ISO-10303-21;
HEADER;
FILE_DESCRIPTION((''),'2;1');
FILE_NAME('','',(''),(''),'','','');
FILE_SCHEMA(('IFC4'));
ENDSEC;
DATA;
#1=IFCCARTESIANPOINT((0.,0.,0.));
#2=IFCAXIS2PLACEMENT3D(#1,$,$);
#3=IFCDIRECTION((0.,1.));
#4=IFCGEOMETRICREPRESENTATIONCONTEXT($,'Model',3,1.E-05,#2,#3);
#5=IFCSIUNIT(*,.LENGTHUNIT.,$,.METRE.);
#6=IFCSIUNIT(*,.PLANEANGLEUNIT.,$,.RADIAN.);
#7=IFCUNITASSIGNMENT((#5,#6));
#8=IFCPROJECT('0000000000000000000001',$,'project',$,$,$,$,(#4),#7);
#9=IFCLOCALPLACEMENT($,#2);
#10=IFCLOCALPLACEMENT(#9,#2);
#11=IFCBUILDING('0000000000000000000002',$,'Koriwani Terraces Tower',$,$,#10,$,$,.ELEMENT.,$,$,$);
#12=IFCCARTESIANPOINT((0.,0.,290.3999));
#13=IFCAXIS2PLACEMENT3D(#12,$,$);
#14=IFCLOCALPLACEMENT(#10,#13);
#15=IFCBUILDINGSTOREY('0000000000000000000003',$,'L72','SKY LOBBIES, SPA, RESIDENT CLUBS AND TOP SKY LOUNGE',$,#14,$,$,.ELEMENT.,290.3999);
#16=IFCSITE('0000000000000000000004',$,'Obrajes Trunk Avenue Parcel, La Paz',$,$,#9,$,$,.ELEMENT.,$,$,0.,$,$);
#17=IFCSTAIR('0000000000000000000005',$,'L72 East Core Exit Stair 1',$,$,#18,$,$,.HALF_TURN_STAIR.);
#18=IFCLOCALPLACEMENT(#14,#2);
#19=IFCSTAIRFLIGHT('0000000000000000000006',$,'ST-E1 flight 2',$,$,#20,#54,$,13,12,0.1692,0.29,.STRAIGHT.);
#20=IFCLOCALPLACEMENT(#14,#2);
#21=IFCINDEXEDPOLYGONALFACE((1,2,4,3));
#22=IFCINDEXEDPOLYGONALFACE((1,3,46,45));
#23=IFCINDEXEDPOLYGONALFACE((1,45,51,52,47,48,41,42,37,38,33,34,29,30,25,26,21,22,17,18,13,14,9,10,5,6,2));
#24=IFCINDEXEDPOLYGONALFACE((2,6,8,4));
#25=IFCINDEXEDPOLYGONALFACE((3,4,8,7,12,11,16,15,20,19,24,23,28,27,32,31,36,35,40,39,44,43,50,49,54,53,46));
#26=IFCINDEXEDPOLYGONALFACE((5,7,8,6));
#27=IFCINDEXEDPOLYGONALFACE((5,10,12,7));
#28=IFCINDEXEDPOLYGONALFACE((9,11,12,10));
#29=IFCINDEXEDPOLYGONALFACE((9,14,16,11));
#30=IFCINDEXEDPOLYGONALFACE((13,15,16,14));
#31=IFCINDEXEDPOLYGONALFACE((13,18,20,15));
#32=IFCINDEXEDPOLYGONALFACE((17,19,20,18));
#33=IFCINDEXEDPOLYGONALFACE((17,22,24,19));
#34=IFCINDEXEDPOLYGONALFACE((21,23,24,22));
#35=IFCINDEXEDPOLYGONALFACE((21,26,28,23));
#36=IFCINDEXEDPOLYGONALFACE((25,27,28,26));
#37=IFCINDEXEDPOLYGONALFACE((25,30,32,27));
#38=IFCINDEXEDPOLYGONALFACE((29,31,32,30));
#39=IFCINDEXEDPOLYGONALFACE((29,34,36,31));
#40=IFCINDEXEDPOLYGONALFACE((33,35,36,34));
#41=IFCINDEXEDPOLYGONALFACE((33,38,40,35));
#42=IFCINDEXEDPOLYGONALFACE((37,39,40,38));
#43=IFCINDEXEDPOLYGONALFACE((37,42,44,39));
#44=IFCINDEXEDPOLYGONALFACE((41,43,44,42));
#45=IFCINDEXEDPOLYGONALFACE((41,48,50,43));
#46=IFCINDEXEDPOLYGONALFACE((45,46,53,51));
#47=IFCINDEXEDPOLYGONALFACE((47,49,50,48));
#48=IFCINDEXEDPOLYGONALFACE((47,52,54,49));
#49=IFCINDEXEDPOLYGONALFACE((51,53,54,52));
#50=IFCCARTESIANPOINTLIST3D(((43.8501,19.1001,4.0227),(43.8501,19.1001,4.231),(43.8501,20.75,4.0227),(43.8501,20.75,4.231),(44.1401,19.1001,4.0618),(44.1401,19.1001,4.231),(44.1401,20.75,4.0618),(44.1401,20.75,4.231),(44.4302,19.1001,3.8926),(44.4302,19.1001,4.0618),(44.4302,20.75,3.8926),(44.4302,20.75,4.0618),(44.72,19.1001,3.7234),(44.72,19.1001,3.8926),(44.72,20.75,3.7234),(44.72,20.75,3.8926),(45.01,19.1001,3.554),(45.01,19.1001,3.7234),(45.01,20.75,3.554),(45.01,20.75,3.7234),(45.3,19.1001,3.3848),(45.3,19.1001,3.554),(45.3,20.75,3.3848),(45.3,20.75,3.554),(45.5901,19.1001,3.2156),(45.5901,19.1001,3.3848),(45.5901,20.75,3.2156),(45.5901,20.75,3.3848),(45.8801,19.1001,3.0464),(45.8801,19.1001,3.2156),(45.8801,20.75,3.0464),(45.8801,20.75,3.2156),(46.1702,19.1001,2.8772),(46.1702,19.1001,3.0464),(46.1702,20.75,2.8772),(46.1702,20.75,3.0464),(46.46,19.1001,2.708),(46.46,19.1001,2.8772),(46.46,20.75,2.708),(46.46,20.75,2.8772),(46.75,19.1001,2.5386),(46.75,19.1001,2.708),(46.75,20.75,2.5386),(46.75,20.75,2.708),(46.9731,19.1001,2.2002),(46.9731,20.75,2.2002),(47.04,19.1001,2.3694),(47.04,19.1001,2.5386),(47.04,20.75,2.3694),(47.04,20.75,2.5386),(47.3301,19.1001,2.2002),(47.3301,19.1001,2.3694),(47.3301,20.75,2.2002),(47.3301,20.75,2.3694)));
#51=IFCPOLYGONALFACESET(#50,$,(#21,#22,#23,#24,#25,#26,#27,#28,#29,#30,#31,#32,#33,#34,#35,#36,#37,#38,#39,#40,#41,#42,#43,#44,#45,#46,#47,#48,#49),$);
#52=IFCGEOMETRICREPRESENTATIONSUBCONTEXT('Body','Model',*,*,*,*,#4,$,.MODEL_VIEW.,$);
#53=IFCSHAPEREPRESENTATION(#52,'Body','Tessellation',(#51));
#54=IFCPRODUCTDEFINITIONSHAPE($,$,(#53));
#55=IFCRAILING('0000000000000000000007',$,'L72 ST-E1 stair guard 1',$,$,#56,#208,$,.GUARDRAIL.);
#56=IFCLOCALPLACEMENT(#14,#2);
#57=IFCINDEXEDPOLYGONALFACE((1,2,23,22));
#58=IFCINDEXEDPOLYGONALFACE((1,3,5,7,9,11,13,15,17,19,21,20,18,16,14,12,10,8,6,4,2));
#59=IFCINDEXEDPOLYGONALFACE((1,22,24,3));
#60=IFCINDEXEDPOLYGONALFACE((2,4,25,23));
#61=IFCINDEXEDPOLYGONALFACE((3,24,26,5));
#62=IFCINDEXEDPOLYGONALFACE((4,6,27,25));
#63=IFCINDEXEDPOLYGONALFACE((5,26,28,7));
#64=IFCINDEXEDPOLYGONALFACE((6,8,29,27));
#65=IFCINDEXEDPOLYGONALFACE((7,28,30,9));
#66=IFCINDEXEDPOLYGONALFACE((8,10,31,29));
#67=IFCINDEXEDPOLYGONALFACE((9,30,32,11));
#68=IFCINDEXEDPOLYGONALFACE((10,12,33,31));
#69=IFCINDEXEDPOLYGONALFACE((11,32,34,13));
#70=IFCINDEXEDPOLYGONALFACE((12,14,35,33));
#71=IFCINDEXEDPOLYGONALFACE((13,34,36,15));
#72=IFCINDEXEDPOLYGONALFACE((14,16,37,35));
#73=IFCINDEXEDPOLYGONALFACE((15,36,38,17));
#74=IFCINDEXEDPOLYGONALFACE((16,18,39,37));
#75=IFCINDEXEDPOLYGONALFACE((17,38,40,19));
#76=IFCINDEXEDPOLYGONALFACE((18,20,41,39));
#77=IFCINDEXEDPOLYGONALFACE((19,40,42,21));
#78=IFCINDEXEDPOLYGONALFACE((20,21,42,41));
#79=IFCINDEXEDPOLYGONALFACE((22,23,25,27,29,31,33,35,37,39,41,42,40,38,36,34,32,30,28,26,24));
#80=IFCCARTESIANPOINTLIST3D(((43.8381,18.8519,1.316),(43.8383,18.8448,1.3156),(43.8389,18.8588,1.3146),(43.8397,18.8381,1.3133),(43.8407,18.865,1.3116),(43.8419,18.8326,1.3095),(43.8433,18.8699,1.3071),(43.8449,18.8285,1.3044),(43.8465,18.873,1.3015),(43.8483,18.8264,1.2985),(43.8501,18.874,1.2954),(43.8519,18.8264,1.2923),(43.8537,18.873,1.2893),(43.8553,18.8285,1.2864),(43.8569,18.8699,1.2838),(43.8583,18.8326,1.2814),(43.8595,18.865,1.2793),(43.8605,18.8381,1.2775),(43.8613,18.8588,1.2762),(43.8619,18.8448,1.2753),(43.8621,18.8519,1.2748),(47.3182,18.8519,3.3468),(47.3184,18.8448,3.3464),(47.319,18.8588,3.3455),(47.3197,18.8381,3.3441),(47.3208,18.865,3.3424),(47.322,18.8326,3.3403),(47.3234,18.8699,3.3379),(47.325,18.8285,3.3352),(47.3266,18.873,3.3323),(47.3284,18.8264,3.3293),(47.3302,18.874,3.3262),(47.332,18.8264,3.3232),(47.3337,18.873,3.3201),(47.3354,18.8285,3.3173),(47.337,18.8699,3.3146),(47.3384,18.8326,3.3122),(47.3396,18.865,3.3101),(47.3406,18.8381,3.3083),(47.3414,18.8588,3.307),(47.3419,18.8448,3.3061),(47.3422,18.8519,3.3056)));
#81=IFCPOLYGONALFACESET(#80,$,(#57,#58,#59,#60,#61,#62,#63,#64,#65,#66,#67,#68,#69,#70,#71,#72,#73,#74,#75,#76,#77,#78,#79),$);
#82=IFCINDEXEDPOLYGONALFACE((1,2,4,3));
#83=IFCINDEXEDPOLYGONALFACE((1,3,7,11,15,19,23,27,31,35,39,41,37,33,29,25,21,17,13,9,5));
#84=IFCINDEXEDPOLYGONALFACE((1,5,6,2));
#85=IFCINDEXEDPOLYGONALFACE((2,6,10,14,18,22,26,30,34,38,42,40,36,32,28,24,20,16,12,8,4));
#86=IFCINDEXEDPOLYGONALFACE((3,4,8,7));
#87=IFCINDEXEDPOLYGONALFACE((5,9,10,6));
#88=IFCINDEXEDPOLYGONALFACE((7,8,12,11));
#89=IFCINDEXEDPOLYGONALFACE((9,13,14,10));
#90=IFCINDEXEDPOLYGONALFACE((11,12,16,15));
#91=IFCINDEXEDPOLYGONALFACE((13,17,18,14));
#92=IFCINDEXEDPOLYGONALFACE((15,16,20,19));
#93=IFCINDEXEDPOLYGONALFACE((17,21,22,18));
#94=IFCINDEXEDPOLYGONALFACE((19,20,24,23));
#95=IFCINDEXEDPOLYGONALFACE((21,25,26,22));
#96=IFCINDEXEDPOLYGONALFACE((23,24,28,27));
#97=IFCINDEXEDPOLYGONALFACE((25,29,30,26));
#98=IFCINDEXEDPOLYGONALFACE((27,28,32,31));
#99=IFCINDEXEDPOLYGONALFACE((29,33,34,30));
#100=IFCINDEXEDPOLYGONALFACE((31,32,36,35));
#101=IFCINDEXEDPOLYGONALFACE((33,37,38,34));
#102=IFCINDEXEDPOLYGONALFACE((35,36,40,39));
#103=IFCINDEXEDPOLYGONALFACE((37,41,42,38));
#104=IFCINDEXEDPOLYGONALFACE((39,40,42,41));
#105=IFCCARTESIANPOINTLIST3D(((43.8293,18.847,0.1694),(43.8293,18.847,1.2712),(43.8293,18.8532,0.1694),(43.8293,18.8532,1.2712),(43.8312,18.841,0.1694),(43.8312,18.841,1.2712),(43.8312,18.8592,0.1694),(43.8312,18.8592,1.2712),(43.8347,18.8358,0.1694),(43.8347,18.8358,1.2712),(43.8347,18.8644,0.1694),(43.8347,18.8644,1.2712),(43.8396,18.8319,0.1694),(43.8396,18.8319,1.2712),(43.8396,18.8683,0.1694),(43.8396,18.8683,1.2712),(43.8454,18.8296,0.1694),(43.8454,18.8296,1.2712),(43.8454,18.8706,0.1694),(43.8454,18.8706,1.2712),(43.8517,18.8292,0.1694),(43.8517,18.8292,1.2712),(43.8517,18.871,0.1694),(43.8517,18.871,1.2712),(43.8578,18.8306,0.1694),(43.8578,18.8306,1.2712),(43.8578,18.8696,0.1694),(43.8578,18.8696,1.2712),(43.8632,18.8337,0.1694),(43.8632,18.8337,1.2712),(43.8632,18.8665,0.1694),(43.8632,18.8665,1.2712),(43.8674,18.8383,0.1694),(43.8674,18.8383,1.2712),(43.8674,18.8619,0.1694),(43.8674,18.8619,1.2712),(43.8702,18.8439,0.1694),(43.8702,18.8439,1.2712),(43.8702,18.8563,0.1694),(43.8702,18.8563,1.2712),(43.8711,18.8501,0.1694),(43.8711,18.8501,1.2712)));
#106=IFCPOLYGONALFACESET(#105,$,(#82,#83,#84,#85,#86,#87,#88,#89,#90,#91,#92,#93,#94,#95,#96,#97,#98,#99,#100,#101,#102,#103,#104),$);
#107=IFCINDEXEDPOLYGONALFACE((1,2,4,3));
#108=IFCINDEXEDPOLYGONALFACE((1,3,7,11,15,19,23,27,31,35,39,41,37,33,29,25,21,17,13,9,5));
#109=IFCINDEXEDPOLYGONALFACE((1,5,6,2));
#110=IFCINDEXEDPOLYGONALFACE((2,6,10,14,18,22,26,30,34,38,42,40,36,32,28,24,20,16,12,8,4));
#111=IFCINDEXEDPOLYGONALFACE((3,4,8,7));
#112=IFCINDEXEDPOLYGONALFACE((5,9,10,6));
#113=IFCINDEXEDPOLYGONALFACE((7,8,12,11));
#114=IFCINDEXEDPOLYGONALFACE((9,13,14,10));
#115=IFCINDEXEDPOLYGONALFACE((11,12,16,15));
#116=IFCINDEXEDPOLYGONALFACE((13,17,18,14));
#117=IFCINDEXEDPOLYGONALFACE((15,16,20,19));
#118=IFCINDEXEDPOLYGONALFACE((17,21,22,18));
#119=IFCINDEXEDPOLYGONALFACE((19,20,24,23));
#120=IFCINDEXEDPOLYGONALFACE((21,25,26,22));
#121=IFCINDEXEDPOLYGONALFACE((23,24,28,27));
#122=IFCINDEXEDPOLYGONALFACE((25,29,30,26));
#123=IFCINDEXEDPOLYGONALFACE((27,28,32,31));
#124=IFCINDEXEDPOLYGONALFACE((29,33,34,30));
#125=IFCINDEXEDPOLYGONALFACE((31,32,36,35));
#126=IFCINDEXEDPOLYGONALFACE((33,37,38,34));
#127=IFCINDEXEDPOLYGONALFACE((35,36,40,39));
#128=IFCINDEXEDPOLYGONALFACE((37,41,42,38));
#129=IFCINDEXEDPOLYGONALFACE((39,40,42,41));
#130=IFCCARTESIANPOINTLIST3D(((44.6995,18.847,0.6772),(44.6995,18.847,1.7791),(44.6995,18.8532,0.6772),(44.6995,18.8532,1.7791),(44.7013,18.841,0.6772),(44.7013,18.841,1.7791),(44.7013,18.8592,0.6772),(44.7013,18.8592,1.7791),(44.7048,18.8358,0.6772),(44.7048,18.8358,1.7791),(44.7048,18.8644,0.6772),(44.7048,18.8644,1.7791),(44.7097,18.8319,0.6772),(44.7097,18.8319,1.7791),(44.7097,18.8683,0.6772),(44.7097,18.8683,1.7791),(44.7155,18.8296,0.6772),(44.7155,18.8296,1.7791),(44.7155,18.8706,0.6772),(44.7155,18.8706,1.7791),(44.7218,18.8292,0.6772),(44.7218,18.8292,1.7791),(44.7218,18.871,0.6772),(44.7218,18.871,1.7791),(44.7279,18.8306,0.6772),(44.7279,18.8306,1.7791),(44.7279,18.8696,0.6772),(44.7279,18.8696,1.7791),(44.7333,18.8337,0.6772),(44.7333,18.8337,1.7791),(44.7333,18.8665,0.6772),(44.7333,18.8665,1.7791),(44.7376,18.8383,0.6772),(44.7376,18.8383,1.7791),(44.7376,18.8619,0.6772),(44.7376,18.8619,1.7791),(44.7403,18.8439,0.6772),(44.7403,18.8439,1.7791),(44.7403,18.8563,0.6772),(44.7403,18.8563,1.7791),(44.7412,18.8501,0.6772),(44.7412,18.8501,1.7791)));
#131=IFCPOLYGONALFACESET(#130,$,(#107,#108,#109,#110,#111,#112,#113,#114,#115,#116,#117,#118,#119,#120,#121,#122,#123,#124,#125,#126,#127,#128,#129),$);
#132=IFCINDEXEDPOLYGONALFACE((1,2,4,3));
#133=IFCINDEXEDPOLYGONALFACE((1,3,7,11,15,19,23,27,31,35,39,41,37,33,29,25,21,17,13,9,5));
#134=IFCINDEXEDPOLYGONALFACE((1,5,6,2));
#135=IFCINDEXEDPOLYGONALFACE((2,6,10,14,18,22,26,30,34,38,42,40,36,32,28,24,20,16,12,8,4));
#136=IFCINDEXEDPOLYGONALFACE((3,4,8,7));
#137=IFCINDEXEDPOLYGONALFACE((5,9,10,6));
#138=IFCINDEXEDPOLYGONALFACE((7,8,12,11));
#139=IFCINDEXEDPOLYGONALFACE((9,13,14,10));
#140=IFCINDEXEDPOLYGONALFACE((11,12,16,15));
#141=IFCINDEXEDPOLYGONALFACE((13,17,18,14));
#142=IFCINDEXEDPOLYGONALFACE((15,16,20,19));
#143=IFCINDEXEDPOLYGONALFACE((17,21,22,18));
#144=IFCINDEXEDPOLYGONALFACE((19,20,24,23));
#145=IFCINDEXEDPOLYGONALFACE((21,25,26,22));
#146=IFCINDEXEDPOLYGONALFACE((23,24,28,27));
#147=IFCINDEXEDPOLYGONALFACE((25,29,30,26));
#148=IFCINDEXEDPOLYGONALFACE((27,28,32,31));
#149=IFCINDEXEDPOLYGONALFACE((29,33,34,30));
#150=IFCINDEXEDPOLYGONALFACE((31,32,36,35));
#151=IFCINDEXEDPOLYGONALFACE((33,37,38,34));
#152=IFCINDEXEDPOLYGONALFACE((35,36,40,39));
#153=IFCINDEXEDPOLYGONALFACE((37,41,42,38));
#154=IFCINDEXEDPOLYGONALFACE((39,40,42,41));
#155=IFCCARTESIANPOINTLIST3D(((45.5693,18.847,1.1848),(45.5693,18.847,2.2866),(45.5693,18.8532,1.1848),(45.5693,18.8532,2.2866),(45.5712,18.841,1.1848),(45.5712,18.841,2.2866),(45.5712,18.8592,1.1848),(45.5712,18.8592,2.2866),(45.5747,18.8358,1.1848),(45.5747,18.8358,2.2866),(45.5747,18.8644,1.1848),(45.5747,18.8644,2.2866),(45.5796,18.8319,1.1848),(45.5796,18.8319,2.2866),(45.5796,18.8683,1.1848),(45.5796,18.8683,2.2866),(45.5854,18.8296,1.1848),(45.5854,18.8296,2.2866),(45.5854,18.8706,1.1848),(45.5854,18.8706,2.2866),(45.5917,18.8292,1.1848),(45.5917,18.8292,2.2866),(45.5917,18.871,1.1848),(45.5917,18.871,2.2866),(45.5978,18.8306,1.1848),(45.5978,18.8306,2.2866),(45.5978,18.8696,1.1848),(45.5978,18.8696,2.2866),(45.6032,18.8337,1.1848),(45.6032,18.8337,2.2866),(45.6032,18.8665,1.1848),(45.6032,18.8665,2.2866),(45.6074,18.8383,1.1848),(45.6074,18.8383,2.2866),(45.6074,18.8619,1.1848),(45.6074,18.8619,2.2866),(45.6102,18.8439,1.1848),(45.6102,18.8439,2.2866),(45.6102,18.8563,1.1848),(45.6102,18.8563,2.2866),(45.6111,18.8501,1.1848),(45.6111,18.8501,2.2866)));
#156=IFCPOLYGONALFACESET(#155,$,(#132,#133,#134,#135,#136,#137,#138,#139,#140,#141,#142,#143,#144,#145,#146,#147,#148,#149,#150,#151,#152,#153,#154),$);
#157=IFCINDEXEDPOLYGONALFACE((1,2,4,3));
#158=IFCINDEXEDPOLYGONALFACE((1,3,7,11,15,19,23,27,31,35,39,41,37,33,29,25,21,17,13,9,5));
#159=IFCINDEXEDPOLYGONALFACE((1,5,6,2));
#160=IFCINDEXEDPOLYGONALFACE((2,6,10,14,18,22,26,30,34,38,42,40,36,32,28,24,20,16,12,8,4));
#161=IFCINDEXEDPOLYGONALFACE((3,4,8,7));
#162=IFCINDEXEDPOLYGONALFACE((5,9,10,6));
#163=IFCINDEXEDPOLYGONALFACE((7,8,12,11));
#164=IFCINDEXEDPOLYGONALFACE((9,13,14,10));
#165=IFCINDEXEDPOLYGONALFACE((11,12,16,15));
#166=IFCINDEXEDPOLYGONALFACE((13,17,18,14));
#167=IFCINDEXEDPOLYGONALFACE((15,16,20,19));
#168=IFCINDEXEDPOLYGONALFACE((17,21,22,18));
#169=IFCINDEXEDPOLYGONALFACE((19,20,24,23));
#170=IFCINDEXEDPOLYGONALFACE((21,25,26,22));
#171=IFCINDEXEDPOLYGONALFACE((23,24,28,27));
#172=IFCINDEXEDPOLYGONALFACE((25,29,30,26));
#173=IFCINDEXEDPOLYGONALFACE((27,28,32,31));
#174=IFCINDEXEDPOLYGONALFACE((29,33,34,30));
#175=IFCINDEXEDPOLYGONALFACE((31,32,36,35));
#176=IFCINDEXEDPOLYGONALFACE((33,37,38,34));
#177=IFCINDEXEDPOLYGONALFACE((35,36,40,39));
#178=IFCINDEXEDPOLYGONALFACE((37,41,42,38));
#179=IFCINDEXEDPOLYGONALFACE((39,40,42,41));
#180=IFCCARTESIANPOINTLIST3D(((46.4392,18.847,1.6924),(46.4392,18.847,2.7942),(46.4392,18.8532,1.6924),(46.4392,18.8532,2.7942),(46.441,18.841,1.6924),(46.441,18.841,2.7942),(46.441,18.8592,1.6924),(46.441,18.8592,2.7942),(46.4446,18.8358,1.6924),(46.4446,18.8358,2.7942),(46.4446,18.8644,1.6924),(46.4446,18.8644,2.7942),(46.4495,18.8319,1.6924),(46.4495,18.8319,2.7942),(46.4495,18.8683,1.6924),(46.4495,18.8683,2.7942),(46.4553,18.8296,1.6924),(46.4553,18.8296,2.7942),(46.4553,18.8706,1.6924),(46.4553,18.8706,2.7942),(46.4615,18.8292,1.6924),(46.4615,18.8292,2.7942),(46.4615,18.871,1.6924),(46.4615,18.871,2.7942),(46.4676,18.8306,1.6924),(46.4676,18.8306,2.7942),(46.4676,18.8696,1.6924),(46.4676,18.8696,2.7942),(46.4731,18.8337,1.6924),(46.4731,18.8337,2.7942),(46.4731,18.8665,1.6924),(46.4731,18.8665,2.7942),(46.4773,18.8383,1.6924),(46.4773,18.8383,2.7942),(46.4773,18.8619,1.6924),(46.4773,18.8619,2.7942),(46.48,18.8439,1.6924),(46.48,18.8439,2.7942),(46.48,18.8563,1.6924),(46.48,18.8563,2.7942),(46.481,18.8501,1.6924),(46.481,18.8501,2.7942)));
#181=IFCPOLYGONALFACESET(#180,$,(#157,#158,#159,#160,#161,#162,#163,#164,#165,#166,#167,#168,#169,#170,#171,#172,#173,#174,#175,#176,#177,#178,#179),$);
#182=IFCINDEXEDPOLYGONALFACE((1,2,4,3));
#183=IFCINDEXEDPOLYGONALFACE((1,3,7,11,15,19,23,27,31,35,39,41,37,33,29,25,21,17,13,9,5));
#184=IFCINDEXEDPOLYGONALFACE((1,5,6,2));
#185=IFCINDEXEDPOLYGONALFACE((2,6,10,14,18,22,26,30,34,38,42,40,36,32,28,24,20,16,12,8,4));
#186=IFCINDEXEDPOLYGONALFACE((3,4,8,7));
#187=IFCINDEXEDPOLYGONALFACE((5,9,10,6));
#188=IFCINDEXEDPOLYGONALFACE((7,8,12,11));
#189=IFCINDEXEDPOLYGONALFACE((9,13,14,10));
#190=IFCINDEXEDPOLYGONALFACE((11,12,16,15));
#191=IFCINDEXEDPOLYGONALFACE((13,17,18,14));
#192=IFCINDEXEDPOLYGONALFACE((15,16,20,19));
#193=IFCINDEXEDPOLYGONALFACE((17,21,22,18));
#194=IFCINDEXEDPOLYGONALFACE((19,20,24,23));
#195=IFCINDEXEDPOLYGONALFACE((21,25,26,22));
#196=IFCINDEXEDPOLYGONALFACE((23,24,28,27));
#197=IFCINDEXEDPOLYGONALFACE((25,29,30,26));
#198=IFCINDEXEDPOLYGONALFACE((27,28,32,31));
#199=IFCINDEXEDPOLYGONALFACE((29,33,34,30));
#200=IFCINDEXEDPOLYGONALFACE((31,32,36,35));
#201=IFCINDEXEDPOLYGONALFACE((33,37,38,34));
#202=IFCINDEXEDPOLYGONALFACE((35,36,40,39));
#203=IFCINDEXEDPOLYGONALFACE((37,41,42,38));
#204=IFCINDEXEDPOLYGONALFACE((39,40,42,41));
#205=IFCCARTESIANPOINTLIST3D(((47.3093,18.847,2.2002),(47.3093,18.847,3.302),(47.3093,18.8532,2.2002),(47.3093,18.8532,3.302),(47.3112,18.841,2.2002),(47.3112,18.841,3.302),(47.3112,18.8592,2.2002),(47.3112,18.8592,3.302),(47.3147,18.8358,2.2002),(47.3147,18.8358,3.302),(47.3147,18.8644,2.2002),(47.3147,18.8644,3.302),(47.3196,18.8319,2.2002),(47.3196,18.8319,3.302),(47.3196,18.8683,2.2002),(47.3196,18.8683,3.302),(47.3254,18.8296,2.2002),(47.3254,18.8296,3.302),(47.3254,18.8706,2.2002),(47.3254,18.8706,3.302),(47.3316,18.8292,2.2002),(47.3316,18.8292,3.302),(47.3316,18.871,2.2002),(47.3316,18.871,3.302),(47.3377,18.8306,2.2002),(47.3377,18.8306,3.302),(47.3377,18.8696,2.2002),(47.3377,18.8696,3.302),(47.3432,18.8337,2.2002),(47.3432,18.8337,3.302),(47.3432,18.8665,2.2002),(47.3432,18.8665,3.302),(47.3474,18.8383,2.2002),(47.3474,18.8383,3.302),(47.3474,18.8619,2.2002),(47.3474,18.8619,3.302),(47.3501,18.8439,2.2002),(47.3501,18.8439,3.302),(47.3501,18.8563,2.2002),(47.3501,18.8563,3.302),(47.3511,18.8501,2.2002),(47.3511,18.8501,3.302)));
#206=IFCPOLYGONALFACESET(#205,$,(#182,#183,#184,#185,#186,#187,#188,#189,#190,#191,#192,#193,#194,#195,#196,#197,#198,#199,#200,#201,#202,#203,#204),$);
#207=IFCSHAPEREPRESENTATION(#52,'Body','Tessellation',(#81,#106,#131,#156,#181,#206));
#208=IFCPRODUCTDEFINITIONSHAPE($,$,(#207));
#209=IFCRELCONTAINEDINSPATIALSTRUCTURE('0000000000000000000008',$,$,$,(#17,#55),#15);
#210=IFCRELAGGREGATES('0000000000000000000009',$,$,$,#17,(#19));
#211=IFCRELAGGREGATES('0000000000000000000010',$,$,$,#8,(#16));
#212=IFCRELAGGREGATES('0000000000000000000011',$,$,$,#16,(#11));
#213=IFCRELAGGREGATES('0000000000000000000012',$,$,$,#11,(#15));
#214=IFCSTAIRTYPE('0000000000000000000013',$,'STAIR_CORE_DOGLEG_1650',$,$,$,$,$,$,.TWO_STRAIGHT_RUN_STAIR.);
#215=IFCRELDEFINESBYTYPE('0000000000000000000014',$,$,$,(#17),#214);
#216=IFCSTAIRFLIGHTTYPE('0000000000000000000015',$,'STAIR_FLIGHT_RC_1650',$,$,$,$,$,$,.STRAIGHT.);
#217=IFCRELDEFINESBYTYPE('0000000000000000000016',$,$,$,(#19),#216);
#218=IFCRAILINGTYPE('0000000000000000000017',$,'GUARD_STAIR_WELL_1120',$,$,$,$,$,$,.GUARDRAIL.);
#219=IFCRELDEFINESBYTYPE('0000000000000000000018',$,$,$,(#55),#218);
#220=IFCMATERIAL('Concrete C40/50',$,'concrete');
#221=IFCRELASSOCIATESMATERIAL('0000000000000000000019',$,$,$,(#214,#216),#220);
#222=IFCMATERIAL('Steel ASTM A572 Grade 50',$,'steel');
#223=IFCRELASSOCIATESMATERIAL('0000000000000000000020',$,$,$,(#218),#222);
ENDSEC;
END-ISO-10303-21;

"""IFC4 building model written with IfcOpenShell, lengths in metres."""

from ifc_helpers import new_model, si_unit, direction, frame, origin, origin_2d, place, context, subcontext, project, spatial, polyline, circle, outline, extrude, material, type_object, element, aggregate, save


model = new_model("IFC4")

# Units and contexts
model_context = context("Model", 3, precision=1e-05, world=origin(), true_north=direction((0.0, 1.0)))
body_context = subcontext(model_context, "Body", "Model", "MODEL_VIEW")
ifc_project = project(units=[si_unit("LENGTHUNIT", "METRE"), si_unit("PLANEANGLEUNIT", "RADIAN")], contexts=[model_context])

# Site, building, storey
site_placement = place(None, origin())
site = spatial("IfcSite", under=ifc_project, at=site_placement, Name="Obrajes Trunk Avenue Parcel, La Paz", CompositionType="ELEMENT", RefElevation=0.0)
building_placement = place(site_placement, origin())
building = spatial("IfcBuilding", under=site, at=building_placement, Name="Koriwani Terraces Tower", CompositionType="ELEMENT")
storey_placement = place(building_placement, frame((0.0, 0.0, 290.3999)))
storey = spatial("IfcBuildingStorey", under=building, at=storey_placement, Name="L72", Description="SKY LOBBIES, SPA, RESIDENT CLUBS AND TOP SKY LOUNGE", CompositionType="ELEMENT", Elevation=290.3999)

# Shared definitions
ifc_material_1 = material(Name="Concrete C40/50", Category="concrete")

# Shared definitions
ifc_material_2 = material(Name="Steel ASTM A572 Grade 50", Category="steel")

# Stair, stair flight
stair_type = type_object("IfcStairType", Name="STAIR_CORE_DOGLEG_1650", PredefinedType="TWO_STRAIGHT_RUN_STAIR", material=ifc_material_1)
stair_placement = place(storey_placement, origin())
stair = element("IfcStair", 1, at=stair_placement, inside=storey, type_object=stair_type, Name="L72 East Core Exit Stair 1", PredefinedType="HALF_TURN_STAIR")
stair_flight_type = type_object("IfcStairFlightType", Name="STAIR_FLIGHT_RC_1650", PredefinedType="STRAIGHT", material=ifc_material_1)
stair_flight_1_placement = place(storey_placement, frame((47.3301, 19.925, 2.2002), z_axis=(0.0, 0.0, 1.0), x_axis=(-1.0, 0.0, 0.0)))
stair_flight_1 = element("IfcStairFlight", 2, at=stair_flight_1_placement, type_object=stair_flight_type, Name="ST-E1 flight 2", NumberOfRisers=13, NumberOfTreads=12, PredefinedType="STRAIGHT", RiserHeight=0.1692, TreadLength=0.29, context=body_context, shape_type="SweptSolid", body=[
    extrude(outline(polyline([(0.0, 0.0), (0.0, 0.1692), (0.29, 0.1692), (0.29, 0.3384), (0.5801, 0.3384), (0.5801, 0.5078), (0.8701, 0.5078), (0.8701, 0.677), (1.1599, 0.677), (1.1599, 0.8462), (1.45, 0.8462), (1.45, 1.0154), (1.74, 1.0154), (1.74, 1.1846), (2.03, 1.1846), (2.03, 1.3538), (2.3201, 1.3538), (2.3201, 1.5232), (2.6101, 1.5232), (2.6101, 1.6924), (2.8999, 1.6924), (2.8999, 1.8616), (3.1899, 1.8616), (3.1899, 2.0308), (3.48, 2.0308), (3.48, 2.2), (3.48, 1.8225), (0.3569, 0.0), (0.0, 0.0)])), frame((0.0, 0.825, 0.0), z_axis=(0.0, -1.0, 0.0), x_axis=(1.0, 0.0, 0.0)), (0.0, 0.0, 1.0), 1.6499),
])
aggregate(stair, [stair_flight_1])

# Railing
railing_type_1 = type_object("IfcRailingType", Name="GUARD_STAIR_WELL_1120", PredefinedType="GUARDRAIL", material=ifc_material_2)
railing_1_placement = place(storey_placement, frame((43.8501, 18.8501, 0.1694)))
element("IfcRailing", 3, at=railing_1_placement, inside=storey, type_object=railing_type_1, Name="L72 ST-E1 stair guard 1", PredefinedType="GUARDRAIL", context=body_context, shape_type="SweptSolid", body=[
    extrude(circle(Radius=0.0239, at=origin_2d()), frame((0.0, 0.0, 1.126), z_axis=(0.863695, 0.0, 0.504014), x_axis=(0.0, 1.0, 0.0)), (0.0, 0.0, 1.0), 4.0293),
    extrude(circle(Radius=0.021, at=origin_2d()), origin(), (0.0, 0.0, 1.0), 1.1018),
    extrude(circle(Radius=0.021, at=origin_2d()), frame((0.8701, 0.0, 0.5078)), (0.0, 0.0, 1.0), 1.1018),
    extrude(circle(Radius=0.021, at=origin_2d()), frame((1.74, 0.0, 1.0154)), (0.0, 0.0, 1.0), 1.1018),
    extrude(circle(Radius=0.021, at=origin_2d()), frame((2.6099, 0.0, 1.5229)), (0.0, 0.0, 1.0), 1.1018),
    extrude(circle(Radius=0.021, at=origin_2d()), frame((3.48, 0.0, 2.0308)), (0.0, 0.0, 1.0), 1.1018),
])

save(model, "model.ifc")
